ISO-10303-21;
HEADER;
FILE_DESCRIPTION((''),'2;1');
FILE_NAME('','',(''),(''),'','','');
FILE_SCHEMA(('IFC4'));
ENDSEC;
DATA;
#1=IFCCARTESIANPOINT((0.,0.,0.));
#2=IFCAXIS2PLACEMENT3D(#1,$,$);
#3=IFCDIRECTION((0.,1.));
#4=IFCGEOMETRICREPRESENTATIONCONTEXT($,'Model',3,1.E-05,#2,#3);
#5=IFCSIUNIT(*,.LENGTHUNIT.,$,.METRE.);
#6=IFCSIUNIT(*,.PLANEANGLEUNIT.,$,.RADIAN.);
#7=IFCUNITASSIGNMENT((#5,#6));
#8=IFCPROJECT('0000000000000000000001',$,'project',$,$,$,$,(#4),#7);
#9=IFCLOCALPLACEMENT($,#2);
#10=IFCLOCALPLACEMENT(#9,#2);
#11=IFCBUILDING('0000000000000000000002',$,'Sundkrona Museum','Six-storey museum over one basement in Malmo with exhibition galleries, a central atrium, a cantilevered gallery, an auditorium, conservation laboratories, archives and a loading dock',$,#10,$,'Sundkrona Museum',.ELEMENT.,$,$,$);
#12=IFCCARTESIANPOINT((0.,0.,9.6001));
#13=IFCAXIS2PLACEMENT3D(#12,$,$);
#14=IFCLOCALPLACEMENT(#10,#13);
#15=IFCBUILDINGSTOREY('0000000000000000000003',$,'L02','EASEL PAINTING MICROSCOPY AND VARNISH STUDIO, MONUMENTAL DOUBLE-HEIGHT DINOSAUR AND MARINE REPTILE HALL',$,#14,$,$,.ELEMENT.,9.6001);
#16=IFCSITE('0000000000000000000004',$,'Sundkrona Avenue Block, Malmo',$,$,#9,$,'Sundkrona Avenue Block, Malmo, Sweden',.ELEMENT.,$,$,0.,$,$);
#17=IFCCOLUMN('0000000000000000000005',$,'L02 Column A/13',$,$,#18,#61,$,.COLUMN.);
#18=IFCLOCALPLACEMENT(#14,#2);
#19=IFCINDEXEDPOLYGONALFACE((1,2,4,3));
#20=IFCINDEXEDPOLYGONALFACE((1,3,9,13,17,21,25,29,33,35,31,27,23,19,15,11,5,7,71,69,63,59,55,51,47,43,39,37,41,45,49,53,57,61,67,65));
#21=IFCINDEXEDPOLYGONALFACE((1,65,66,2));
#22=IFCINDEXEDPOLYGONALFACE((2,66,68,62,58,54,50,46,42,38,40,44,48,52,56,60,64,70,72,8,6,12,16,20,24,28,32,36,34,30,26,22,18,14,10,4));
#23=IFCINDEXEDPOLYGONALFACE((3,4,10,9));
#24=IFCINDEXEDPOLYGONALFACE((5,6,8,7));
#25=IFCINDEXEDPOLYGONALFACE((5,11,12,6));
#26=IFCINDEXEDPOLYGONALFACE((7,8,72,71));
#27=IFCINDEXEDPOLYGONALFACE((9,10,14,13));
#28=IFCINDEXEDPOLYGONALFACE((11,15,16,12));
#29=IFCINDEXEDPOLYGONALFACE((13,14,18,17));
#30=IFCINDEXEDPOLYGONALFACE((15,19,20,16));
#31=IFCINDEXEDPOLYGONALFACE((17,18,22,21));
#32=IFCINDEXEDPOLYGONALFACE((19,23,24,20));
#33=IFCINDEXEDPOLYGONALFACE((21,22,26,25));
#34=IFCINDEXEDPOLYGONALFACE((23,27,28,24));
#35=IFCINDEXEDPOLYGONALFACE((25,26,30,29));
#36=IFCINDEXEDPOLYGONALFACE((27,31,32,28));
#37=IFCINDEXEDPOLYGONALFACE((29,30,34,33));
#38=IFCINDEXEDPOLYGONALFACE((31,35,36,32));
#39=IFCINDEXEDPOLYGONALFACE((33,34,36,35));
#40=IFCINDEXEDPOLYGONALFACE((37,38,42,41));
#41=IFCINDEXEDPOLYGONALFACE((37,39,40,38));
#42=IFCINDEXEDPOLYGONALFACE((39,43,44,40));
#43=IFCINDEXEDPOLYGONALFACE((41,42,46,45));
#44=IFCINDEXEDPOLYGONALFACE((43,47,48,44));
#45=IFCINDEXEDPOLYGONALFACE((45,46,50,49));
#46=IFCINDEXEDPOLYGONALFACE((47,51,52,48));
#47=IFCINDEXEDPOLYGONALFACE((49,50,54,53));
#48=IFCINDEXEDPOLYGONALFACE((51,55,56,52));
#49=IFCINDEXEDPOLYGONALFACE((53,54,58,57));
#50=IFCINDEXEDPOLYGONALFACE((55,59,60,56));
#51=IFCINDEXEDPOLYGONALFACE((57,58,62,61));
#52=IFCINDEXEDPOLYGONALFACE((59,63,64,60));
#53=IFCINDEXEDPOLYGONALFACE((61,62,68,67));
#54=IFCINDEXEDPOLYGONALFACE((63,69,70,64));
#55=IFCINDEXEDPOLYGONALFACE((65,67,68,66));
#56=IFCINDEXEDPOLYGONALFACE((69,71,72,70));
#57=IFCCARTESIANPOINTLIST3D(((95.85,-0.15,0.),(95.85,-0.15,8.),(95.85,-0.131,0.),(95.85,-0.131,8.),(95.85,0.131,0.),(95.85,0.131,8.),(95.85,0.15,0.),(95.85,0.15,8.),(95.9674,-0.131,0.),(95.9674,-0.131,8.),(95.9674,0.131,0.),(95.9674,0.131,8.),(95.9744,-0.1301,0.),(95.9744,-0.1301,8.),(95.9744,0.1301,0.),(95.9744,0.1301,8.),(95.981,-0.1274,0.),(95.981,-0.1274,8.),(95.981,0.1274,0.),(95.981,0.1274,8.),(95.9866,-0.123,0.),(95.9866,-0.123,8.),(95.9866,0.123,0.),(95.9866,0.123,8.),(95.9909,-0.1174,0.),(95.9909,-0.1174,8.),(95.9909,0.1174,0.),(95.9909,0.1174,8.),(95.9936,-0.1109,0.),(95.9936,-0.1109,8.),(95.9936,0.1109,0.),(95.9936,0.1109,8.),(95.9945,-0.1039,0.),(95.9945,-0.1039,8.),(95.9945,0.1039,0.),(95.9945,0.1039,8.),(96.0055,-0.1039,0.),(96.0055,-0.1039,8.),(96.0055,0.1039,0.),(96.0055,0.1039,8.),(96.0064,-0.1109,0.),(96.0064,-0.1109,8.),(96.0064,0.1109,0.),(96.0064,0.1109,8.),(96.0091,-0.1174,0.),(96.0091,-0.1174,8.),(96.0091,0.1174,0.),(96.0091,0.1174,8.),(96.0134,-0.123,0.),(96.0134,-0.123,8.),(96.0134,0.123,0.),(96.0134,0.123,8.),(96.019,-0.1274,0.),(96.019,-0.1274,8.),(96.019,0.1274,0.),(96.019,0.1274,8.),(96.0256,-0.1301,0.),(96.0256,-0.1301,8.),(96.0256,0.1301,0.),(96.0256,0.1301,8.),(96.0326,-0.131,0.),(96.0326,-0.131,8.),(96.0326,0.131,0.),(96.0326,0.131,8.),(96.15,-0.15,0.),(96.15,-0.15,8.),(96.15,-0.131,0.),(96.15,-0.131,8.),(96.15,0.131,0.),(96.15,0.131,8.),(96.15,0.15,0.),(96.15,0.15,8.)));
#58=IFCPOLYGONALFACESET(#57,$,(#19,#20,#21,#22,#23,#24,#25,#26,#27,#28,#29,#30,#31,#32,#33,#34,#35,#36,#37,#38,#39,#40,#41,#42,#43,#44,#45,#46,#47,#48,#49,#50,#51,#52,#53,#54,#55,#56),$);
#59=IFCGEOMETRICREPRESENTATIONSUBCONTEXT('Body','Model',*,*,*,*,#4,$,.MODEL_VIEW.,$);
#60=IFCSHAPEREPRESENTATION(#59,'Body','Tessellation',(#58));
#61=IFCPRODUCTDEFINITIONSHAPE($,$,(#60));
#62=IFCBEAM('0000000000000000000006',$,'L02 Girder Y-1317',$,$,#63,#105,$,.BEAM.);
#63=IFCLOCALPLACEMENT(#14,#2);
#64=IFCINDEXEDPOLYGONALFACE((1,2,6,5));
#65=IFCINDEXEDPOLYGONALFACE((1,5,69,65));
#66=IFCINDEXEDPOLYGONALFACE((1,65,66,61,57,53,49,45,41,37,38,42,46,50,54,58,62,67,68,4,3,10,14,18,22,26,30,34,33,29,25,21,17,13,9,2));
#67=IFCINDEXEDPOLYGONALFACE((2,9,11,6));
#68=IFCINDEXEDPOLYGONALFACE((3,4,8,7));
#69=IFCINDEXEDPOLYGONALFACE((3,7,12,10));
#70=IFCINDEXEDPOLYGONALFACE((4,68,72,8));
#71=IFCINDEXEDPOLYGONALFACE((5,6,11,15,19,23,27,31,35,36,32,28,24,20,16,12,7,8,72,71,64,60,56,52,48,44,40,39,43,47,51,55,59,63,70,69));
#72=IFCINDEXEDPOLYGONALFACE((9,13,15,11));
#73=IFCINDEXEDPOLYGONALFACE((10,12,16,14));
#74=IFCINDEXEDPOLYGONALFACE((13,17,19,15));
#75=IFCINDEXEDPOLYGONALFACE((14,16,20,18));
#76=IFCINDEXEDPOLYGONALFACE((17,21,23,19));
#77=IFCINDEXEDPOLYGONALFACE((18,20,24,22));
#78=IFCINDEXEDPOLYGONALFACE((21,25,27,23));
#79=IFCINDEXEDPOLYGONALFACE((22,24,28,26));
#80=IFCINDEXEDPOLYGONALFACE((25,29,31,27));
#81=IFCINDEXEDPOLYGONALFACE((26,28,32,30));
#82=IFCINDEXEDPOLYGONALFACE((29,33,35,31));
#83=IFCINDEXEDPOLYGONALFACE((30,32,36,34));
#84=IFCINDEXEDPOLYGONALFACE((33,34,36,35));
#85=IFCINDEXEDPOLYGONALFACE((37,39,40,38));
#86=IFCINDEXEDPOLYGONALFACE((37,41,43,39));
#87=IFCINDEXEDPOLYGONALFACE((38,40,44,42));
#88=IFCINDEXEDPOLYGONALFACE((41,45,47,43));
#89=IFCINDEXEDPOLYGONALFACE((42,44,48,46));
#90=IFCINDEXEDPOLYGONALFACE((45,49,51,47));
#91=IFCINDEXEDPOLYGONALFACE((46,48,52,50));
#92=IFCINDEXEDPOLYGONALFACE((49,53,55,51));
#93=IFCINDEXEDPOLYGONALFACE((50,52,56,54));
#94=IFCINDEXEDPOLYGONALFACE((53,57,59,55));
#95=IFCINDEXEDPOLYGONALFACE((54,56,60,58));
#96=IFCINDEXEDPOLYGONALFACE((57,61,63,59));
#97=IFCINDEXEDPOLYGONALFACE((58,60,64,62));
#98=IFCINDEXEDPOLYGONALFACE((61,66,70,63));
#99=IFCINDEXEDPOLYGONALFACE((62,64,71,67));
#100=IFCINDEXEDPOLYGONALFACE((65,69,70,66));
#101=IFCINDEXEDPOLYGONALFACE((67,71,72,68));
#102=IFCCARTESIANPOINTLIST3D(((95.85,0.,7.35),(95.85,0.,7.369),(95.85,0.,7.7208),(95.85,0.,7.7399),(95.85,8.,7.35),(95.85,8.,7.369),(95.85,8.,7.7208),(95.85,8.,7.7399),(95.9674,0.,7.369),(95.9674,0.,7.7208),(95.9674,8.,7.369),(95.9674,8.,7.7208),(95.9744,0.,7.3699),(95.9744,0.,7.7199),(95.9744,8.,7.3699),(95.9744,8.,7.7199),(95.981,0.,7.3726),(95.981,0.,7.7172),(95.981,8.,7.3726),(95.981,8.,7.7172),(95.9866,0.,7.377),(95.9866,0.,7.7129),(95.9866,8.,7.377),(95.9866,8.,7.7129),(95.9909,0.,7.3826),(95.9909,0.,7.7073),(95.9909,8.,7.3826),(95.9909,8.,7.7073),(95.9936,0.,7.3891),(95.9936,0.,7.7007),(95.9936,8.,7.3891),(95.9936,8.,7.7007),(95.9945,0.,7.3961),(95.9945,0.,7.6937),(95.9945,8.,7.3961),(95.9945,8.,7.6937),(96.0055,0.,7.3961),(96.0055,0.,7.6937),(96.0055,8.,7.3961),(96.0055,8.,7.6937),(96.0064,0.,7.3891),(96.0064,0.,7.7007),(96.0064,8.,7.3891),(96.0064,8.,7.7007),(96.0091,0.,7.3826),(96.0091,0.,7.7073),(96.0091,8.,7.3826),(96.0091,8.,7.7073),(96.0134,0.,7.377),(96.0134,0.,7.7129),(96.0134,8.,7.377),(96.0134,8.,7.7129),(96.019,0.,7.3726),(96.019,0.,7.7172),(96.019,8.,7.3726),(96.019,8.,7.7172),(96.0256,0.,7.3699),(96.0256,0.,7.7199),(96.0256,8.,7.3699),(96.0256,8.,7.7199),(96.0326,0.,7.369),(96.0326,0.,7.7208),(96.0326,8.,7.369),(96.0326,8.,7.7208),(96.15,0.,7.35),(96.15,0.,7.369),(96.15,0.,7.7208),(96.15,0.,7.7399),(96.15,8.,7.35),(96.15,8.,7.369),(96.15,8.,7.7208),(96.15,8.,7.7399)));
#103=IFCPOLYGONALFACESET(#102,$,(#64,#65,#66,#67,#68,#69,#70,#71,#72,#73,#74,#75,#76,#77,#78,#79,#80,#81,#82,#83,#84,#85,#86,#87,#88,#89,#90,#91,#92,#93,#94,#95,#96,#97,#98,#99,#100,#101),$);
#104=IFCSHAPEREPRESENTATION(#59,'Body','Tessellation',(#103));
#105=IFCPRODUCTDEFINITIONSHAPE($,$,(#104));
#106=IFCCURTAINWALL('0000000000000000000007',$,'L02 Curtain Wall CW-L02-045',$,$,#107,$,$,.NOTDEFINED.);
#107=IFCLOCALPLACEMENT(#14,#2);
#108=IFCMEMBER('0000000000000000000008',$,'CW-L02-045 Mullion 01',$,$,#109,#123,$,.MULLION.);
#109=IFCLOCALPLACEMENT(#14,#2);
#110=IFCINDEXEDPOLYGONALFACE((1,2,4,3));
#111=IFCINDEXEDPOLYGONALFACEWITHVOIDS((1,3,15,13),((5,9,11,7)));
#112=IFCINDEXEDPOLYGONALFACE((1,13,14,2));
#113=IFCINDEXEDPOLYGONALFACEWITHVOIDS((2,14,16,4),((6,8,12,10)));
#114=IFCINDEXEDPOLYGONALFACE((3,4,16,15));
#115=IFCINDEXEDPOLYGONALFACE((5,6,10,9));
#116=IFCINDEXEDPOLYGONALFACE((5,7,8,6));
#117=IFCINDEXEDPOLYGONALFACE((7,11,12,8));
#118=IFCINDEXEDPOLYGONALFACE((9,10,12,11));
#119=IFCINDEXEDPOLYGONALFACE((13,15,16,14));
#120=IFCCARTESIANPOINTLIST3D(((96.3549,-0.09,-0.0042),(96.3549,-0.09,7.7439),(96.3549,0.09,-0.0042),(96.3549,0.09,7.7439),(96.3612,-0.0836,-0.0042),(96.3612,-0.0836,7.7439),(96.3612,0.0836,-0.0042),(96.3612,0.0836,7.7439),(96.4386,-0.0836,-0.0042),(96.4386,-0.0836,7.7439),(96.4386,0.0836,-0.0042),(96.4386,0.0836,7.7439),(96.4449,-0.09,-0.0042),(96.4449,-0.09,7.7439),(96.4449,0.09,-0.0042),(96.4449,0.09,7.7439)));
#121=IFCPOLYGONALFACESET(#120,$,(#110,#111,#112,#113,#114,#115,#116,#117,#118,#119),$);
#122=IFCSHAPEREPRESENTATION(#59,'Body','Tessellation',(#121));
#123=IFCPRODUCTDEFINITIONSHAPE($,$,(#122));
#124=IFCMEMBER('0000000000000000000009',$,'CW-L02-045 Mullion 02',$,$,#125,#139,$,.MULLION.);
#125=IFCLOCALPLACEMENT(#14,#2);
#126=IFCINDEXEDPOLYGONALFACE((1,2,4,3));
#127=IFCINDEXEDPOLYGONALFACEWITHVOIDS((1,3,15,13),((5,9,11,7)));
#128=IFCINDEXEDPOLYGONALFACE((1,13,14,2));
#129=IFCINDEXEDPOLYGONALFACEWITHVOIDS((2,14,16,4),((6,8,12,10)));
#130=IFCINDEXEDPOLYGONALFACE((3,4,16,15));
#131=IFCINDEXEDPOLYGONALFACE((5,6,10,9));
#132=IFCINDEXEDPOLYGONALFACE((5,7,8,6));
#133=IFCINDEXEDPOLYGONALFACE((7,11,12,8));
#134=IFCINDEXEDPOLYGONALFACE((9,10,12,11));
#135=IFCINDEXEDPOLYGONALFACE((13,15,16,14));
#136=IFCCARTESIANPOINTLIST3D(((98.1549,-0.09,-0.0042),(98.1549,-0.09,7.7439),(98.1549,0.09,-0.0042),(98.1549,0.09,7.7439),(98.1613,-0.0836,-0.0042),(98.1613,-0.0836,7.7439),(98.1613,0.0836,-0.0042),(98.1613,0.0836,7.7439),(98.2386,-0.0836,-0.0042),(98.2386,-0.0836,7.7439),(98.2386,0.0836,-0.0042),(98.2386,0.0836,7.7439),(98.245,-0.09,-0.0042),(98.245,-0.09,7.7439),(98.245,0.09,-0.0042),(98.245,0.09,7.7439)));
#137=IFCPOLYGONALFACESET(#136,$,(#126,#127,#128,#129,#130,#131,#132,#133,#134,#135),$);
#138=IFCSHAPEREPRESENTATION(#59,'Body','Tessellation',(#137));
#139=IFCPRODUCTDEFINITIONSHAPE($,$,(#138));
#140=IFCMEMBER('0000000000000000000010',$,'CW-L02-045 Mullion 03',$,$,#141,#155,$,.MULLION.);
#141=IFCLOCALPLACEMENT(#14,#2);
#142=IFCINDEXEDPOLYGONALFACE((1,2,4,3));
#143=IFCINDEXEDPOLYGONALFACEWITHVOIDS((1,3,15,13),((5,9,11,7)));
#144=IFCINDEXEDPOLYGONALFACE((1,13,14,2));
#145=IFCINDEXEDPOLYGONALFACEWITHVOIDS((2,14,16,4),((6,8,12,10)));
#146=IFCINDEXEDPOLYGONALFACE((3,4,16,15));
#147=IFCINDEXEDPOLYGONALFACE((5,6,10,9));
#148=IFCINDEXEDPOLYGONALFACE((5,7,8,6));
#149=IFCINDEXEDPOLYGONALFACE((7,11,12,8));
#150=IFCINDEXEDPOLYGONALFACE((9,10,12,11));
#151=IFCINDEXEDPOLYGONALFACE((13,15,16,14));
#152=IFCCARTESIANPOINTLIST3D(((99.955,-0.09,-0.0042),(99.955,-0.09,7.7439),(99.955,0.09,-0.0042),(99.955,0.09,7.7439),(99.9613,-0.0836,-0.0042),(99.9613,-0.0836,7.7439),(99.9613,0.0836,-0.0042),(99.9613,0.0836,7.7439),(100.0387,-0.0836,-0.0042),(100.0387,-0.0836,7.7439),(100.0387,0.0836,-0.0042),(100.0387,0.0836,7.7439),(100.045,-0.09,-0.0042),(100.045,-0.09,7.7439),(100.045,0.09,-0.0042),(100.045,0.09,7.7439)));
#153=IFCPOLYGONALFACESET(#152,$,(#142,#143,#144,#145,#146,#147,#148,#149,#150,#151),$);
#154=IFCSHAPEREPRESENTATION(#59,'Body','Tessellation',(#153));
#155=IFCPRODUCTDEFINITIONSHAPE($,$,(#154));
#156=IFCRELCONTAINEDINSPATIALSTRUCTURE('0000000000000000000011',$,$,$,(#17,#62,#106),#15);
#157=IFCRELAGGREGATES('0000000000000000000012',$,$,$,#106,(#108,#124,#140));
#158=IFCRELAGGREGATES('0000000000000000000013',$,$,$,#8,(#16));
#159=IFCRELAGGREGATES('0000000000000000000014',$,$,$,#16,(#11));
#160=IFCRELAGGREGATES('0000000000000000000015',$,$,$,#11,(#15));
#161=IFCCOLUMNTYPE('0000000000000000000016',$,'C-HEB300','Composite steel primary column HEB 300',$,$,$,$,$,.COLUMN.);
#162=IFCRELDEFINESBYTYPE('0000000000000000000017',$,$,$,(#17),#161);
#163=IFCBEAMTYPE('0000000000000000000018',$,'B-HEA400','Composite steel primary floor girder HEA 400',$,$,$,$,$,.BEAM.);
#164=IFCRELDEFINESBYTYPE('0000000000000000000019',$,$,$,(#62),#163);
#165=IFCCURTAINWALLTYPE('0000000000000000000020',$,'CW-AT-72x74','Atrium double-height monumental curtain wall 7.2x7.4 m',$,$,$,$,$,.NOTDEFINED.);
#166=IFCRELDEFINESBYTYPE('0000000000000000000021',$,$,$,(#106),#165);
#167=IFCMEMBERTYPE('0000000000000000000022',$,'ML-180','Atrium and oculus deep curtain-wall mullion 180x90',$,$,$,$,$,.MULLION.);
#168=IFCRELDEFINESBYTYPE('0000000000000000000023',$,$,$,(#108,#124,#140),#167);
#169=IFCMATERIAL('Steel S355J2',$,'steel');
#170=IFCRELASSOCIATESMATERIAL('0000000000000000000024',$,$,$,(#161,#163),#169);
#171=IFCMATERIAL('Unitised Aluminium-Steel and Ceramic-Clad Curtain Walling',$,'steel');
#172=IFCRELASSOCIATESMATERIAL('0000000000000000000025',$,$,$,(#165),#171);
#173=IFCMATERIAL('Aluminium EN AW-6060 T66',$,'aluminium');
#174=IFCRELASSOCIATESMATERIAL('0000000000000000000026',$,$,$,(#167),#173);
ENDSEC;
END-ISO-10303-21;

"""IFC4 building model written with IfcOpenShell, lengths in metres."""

from ifc_helpers import new_model, si_unit, direction, frame, origin, origin_2d, place, context, subcontext, project, spatial, hollow_rectangle, i_section, extrude, material, material_profile, profile_set, type_object, element, aggregate, save


model = new_model("IFC4")

# Units and contexts
model_context = context("Model", 3, precision=1e-05, world=origin(), true_north=direction((0.0, 1.0)))
body_context = subcontext(model_context, "Body", "Model", "MODEL_VIEW")
ifc_project = project(units=[si_unit("LENGTHUNIT", "METRE"), si_unit("PLANEANGLEUNIT", "RADIAN")], contexts=[model_context])

# Site, building, storey
site_placement = place(None, origin())
site = spatial("IfcSite", under=ifc_project, at=site_placement, Name="Sundkrona Avenue Block, Malmo", LongName="Sundkrona Avenue Block, Malmo, Sweden", CompositionType="ELEMENT", RefElevation=0.0)
building_placement = place(site_placement, origin())
building = spatial("IfcBuilding", under=site, at=building_placement, Name="Sundkrona Museum", Description="Six-storey museum over one basement in Malmo with exhibition galleries, a central atrium, a cantilevered gallery, an auditorium, conservation laboratories, archives and a loading dock", LongName="Sundkrona Museum", CompositionType="ELEMENT")
storey_placement = place(building_placement, frame((0.0, 0.0, 9.6001)))
storey = spatial("IfcBuildingStorey", under=building, at=storey_placement, Name="L02", Description="EASEL PAINTING MICROSCOPY AND VARNISH STUDIO, MONUMENTAL DOUBLE-HEIGHT DINOSAUR AND MARINE REPTILE HALL", CompositionType="ELEMENT", Elevation=9.6001)

# Column
ifc_material_1 = material(Name="Steel S355J2", Category="steel")
ifc_material_profile_1 = material_profile(ifc_material_1, i_section(OverallWidth=0.3, OverallDepth=0.3, WebThickness=0.011, FlangeThickness=0.019, FilletRadius=0.0271, at=origin_2d()), Name="HEB 300")
ifc_profile_set_1 = profile_set([ifc_material_profile_1], Name="Steel S355J2")
column_type = type_object("IfcColumnType", Name="C-HEB300", Description="Composite steel primary column HEB 300", PredefinedType="COLUMN", material=ifc_profile_set_1)
column_placement = place(storey_placement, frame((96.0, 0.0, 0.0), z_axis=(0.0, 0.0, 1.0), x_axis=(1.0, 0.0, 0.0)))
element("IfcColumn", 1, at=column_placement, inside=storey, type_object=column_type, Name="L02 Column A/13", PredefinedType="COLUMN", context=body_context, shape_type="SweptSolid", body=[
    extrude(i_section(OverallWidth=0.3, OverallDepth=0.3, WebThickness=0.011, FlangeThickness=0.019, FilletRadius=0.0271, at=origin_2d()), origin(), (0.0, 0.0, 1.0), 8.0),
])

# Beam
ifc_material_profile_2 = material_profile(ifc_material_1, i_section(OverallWidth=0.3, OverallDepth=0.3899, WebThickness=0.011, FlangeThickness=0.019, FilletRadius=0.0271, at=origin_2d()), Name="HEA 400")
ifc_profile_set_2 = profile_set([ifc_material_profile_2], Name="Steel S355J2")
beam_type_1 = type_object("IfcBeamType", Name="B-HEA400", Description="Composite steel primary floor girder HEA 400", PredefinedType="BEAM", material=ifc_profile_set_2)
beam_1_placement = place(storey_placement, frame((96.0, 0.0, 7.5449), z_axis=(0.0, 1.0, 0.0), x_axis=(-1.0, 0.0, 0.0)))
element("IfcBeam", 2, at=beam_1_placement, inside=storey, type_object=beam_type_1, Name="L02 Girder Y-1317", PredefinedType="BEAM", context=body_context, shape_type="SweptSolid", body=[
    extrude(i_section(OverallWidth=0.3, OverallDepth=0.3899, WebThickness=0.011, FlangeThickness=0.019, FilletRadius=0.0271, at=origin_2d()), origin(), (0.0, 0.0, 1.0), 8.0),
])

# Curtain wall, members
ifc_material_2 = material(Name="Unitised Aluminium-Steel and Ceramic-Clad Curtain Walling", Category="steel")
curtain_wall_type = type_object("IfcCurtainWallType", Name="CW-AT-72x74", Description="Atrium double-height monumental curtain wall 7.2x7.4 m", PredefinedType="NOTDEFINED", material=ifc_material_2)
curtain_wall_placement = place(storey_placement, origin())
curtain_wall = element("IfcCurtainWall", 3, at=curtain_wall_placement, inside=storey, type_object=curtain_wall_type, Name="L02 Curtain Wall CW-L02-045", PredefinedType="NOTDEFINED")
ifc_material_3 = material(Name="Aluminium EN AW-6060 T66", Category="aluminium")
ifc_material_profile_3 = material_profile(ifc_material_3, hollow_rectangle(XDim=0.0901, YDim=0.1799, WallThickness=0.0063, at=origin_2d()), Name="RHS 180x90x6.3")
ifc_profile_set_3 = profile_set([ifc_material_profile_3], Name="Aluminium EN AW-6060 T66")
member_type_1 = type_object("IfcMemberType", Name="ML-180", Description="Atrium and oculus deep curtain-wall mullion 180x90", PredefinedType="MULLION", material=ifc_profile_set_3)
member_1_placement = place(storey_placement, frame((96.3999, 0.0, -0.0042), z_axis=(0.0, 0.0, 1.0), x_axis=(1.0, 0.0, 0.0)))
member_1 = element("IfcMember", 4, at=member_1_placement, type_object=member_type_1, Name="CW-L02-045 Mullion 01", PredefinedType="MULLION", context=body_context, shape_type="SweptSolid", body=[
    extrude(hollow_rectangle(XDim=0.0901, YDim=0.1799, WallThickness=0.0063, at=origin_2d()), origin(), (0.0, 0.0, 1.0), 7.748),
])
member_2_placement = place(storey_placement, frame((98.2, 0.0, -0.0042), z_axis=(0.0, 0.0, 1.0), x_axis=(1.0, 0.0, 0.0)))
member_2 = element("IfcMember", 5, at=member_2_placement, type_object=member_type_1, Name="CW-L02-045 Mullion 02", PredefinedType="MULLION", context=body_context, shape_type="SweptSolid", body=[
    extrude(hollow_rectangle(XDim=0.0901, YDim=0.1799, WallThickness=0.0063, at=origin_2d()), origin(), (0.0, 0.0, 1.0), 7.748),
])
member_3_placement = place(storey_placement, frame((100.0, 0.0, -0.0042), z_axis=(0.0, 0.0, 1.0), x_axis=(1.0, 0.0, 0.0)))
member_3 = element("IfcMember", 6, at=member_3_placement, type_object=member_type_1, Name="CW-L02-045 Mullion 03", PredefinedType="MULLION", context=body_context, shape_type="SweptSolid", body=[
    extrude(hollow_rectangle(XDim=0.0901, YDim=0.1799, WallThickness=0.0063, at=origin_2d()), origin(), (0.0, 0.0, 1.0), 7.748),
])

aggregate(curtain_wall, [member_1, member_2, member_3])

save(model, "model.ifc")
